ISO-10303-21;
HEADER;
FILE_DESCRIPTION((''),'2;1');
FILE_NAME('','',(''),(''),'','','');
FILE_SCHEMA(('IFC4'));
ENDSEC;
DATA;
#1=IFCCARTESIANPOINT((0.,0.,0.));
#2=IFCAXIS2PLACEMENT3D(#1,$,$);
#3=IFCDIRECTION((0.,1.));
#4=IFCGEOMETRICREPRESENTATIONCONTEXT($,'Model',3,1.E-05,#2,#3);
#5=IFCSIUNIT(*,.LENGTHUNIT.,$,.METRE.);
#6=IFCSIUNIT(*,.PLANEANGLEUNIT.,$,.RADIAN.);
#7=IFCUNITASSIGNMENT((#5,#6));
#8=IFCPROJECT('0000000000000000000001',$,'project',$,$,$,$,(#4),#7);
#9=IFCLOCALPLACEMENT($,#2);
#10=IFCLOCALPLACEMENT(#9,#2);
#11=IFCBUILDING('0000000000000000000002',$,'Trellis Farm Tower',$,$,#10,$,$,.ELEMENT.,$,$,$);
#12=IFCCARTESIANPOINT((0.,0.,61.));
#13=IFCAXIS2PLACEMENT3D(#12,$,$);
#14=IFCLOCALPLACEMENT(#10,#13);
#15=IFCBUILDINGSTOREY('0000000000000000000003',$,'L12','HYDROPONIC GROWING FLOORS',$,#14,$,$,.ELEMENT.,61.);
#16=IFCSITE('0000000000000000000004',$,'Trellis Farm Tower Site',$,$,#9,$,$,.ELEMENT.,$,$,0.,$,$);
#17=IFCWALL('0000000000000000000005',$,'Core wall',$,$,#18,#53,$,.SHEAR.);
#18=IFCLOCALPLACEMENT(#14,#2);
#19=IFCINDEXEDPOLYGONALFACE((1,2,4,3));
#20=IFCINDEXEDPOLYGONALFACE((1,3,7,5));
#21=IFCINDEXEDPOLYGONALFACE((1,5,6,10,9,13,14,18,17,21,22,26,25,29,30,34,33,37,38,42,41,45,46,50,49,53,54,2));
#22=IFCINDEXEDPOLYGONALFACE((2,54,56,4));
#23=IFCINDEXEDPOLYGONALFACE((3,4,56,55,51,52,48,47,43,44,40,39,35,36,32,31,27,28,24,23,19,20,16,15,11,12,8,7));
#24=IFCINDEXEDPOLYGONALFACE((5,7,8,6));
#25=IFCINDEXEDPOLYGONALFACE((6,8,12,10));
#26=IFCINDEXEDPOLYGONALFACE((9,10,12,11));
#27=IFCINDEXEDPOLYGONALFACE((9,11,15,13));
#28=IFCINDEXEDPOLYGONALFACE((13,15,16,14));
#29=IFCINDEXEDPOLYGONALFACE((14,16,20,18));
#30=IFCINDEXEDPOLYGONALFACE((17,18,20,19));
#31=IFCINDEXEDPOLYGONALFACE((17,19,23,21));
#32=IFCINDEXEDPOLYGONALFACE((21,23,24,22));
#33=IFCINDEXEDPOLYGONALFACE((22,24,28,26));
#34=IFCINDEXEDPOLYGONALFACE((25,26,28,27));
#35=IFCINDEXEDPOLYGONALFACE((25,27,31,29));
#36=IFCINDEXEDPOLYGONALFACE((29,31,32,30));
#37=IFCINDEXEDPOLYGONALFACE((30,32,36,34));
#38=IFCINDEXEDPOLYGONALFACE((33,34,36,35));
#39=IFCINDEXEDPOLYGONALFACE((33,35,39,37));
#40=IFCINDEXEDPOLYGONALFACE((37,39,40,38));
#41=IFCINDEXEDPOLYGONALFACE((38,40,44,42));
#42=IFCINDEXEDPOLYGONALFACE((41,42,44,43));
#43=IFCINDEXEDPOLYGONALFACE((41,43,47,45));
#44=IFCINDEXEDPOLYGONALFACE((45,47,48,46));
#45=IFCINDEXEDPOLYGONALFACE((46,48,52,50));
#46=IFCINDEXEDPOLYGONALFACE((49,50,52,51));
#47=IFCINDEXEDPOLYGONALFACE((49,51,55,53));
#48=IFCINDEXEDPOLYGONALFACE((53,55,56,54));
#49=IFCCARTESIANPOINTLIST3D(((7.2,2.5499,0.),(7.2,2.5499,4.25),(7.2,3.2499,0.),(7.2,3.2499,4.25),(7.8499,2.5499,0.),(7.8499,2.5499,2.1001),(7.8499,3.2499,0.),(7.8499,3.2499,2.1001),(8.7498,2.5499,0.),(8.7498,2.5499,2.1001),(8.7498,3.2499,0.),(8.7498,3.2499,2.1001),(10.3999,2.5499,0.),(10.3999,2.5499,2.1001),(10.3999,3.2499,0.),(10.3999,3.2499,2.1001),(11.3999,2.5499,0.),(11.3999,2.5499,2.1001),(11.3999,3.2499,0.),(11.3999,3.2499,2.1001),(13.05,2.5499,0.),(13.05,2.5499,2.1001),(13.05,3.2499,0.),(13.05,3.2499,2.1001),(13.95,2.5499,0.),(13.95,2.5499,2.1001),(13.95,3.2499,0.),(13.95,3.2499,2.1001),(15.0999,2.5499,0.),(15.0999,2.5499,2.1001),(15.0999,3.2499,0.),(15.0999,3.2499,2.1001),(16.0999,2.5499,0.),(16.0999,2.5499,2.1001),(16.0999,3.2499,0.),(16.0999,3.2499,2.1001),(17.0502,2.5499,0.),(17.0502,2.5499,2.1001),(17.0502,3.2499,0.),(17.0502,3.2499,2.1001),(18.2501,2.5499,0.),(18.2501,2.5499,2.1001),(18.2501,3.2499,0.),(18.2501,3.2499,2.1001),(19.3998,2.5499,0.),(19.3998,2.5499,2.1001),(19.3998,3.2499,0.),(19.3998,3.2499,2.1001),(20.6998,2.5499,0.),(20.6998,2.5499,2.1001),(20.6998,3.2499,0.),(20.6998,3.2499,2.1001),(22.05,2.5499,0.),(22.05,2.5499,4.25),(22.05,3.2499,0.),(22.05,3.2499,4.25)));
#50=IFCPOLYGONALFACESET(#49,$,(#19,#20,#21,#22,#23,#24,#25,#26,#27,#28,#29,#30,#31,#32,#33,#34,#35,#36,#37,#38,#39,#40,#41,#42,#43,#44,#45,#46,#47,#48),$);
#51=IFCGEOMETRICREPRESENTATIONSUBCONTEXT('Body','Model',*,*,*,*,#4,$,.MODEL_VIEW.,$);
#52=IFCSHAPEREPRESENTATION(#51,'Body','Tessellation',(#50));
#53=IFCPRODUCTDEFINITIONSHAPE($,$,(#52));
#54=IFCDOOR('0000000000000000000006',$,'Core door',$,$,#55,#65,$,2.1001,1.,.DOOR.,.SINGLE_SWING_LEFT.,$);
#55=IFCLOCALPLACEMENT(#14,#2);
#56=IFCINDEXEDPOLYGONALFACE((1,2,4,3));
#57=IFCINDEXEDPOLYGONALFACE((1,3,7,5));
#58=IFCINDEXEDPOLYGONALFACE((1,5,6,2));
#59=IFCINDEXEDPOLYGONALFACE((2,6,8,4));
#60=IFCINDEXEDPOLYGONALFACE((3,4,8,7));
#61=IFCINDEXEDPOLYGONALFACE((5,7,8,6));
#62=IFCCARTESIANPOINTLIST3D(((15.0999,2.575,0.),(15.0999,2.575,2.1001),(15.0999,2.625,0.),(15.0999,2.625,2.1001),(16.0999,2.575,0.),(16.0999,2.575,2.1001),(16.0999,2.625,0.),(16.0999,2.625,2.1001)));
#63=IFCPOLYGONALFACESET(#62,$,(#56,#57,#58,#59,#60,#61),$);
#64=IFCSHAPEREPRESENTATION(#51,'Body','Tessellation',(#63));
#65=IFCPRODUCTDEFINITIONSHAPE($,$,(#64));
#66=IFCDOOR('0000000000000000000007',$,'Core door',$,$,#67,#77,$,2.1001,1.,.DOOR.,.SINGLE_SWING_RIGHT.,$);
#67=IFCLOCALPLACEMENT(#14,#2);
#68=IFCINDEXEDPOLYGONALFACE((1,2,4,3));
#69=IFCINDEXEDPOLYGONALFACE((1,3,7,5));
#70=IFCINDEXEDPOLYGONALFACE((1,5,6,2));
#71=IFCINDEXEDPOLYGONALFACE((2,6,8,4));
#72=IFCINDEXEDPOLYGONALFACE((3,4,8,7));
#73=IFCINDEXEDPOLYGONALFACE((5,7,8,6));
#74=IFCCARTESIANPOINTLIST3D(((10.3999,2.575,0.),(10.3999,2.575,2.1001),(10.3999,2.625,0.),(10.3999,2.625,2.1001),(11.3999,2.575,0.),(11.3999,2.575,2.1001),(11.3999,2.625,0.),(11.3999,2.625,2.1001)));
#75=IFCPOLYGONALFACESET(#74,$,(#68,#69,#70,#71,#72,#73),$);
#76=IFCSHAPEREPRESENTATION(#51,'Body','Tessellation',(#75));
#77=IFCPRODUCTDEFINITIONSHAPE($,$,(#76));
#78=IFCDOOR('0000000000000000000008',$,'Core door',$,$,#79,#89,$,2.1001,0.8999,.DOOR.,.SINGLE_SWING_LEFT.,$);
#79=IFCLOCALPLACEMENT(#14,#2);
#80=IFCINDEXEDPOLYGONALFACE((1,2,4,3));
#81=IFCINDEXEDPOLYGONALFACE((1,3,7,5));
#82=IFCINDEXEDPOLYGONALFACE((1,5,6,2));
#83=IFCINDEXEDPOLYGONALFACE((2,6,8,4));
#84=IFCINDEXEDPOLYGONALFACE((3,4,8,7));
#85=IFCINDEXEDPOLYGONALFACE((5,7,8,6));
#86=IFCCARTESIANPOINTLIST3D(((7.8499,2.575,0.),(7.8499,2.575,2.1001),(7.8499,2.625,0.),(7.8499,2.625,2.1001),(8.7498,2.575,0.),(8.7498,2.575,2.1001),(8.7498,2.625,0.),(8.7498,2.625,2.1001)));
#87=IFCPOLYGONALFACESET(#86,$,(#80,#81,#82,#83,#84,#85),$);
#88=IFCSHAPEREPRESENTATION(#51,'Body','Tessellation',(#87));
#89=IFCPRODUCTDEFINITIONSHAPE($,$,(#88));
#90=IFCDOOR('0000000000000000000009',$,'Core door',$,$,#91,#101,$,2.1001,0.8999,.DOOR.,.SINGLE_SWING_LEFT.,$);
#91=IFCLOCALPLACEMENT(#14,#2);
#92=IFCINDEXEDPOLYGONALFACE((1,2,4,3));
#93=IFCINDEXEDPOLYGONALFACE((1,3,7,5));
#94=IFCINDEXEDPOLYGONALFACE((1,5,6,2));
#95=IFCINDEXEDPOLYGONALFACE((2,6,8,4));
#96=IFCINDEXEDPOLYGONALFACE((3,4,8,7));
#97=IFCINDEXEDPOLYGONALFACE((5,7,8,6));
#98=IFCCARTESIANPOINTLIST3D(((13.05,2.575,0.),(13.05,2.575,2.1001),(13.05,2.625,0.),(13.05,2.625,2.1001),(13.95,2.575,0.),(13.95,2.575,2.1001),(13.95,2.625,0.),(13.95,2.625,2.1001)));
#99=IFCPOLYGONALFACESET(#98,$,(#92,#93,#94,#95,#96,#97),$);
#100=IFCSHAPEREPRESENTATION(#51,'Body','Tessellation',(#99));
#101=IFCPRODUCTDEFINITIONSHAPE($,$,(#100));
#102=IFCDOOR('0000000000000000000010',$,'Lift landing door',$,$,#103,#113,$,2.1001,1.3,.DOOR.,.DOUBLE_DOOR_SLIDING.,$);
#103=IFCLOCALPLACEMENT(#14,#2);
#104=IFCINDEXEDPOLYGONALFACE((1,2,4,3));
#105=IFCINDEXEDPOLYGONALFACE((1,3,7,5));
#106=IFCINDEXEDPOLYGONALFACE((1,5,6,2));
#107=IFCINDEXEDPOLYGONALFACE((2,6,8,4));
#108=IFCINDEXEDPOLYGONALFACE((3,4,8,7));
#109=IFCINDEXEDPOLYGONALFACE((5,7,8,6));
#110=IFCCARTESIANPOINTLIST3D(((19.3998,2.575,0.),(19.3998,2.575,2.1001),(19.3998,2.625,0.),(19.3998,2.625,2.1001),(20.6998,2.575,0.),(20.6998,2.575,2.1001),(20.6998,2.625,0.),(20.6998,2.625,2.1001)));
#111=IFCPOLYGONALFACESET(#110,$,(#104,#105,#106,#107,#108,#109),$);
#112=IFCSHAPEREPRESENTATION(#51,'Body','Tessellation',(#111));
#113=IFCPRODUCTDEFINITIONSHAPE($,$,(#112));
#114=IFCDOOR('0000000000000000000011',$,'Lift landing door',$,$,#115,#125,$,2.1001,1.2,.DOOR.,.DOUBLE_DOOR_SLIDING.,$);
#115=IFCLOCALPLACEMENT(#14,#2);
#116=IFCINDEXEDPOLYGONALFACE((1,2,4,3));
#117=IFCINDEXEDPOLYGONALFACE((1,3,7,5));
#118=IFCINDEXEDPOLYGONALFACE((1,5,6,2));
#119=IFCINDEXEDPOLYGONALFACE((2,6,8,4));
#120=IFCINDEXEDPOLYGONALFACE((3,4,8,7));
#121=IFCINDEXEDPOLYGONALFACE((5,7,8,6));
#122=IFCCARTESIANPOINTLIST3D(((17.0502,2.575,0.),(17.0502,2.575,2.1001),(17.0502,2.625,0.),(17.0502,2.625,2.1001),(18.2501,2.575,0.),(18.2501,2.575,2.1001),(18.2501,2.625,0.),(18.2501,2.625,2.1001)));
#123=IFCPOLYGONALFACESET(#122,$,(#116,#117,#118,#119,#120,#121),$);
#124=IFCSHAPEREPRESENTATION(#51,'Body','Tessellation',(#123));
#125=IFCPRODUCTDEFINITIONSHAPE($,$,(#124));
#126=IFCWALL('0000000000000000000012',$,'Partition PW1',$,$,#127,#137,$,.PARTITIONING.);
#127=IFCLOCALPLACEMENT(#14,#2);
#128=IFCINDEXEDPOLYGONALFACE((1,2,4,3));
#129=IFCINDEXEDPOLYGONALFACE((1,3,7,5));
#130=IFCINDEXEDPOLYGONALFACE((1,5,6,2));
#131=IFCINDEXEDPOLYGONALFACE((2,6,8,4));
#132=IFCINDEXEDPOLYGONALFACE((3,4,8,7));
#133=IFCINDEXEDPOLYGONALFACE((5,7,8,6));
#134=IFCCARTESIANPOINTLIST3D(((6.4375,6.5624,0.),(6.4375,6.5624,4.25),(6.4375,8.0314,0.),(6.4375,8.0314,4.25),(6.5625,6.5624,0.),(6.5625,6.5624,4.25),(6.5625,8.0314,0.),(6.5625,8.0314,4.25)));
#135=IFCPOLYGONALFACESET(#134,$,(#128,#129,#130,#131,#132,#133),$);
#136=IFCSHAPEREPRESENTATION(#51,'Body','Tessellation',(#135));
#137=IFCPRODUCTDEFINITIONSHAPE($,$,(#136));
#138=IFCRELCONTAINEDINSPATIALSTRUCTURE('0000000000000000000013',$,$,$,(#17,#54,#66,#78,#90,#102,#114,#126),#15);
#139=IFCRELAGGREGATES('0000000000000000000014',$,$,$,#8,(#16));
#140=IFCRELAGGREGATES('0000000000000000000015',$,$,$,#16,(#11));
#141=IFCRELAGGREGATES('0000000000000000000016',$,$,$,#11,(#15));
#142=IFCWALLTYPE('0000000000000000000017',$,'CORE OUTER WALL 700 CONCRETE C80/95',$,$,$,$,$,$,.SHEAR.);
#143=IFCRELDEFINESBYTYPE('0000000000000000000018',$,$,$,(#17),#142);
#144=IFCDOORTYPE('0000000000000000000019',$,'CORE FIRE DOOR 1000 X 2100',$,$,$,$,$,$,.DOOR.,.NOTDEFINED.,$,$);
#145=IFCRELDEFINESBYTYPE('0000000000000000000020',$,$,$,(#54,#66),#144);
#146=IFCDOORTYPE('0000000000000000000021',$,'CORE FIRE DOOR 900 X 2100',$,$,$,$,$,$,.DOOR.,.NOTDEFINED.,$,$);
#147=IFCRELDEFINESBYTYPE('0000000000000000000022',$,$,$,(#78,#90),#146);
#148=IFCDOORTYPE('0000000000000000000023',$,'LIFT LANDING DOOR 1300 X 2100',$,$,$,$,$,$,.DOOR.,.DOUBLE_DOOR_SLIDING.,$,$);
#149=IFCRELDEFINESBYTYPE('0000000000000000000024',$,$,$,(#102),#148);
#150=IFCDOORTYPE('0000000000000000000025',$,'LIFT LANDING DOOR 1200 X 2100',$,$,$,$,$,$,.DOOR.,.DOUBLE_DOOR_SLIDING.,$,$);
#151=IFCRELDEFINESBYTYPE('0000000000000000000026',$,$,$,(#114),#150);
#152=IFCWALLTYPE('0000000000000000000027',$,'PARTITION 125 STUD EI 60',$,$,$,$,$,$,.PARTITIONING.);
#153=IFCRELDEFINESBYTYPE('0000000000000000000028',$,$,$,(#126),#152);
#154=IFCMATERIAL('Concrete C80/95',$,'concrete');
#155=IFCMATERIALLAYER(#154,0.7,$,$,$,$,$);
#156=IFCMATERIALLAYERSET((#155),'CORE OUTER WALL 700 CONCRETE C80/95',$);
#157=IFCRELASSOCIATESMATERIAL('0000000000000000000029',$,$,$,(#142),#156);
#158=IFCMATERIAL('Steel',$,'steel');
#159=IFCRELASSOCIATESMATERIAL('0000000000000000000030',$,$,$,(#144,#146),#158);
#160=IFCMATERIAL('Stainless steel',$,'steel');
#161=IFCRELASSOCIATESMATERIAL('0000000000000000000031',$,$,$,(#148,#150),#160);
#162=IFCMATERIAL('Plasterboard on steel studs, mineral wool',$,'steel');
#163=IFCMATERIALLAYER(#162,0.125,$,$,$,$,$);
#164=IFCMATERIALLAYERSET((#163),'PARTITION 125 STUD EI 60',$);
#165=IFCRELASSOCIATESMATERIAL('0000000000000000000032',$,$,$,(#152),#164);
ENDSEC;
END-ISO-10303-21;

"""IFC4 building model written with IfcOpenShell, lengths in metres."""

from ifc_helpers import new_model, si_unit, direction, frame, frame_2d, origin, place, context, subcontext, project, spatial, rectangle, extrude, source, transform, mapped, material, layer, layer_set, type_object, element, fill, save


model = new_model("IFC4")

# Units and contexts
model_context = context("Model", 3, precision=1e-05, world=origin(), true_north=direction((0.0, 1.0)))
body_context = subcontext(model_context, "Body", "Model", "MODEL_VIEW")
ifc_project = project(units=[si_unit("LENGTHUNIT", "METRE"), si_unit("PLANEANGLEUNIT", "RADIAN")], contexts=[model_context])

# Site, building, storey
site_placement = place(None, origin())
site = spatial("IfcSite", under=ifc_project, at=site_placement, Name="Trellis Farm Tower Site", CompositionType="ELEMENT", RefElevation=0.0)
building_placement = place(site_placement, origin())
building = spatial("IfcBuilding", under=site, at=building_placement, Name="Trellis Farm Tower", CompositionType="ELEMENT")
storey_placement = place(building_placement, frame((0.0, 0.0, 61.0)))
storey = spatial("IfcBuildingStorey", under=building, at=storey_placement, Name="L12", Description="HYDROPONIC GROWING FLOORS", CompositionType="ELEMENT", Elevation=61.0)

# Shared definitions
ifc_material_1 = material(Name="Concrete C80/95", Category="concrete")

# Wall, openings, doors
ifc_layer_1 = layer(ifc_material_1, 0.7)
ifc_layer_set_1 = layer_set([ifc_layer_1], Name="CORE OUTER WALL 700 CONCRETE C80/95")
wall_type_1 = type_object("IfcWallType", Name="CORE OUTER WALL 700 CONCRETE C80/95", PredefinedType="SHEAR", material=ifc_layer_set_1)
shared_shape_1 = source(origin(), body_context, "Body", "SweptSolid", [
    extrude(rectangle(XDim=14.8501, YDim=0.7, at=frame_2d((7.425, 0.0))), origin(), (0.0, 0.0, 1.0), 4.25),
])
wall_1_placement = place(storey_placement, frame((7.2, 2.8999, 0.0), z_axis=(0.0, 0.0, 1.0), x_axis=(1.0, 0.0, 0.0)))
wall_1 = element("IfcWall", 1, at=wall_1_placement, inside=storey, type_object=wall_type_1, Name="Core wall", PredefinedType="SHEAR", context=body_context, shape_type="MappedRepresentation", body=[
    mapped(shared_shape_1, transform((0.0, 0.0, 0.0))),
])
shared_shape_2 = source(origin(), body_context, "Body", "SweptSolid", [
    extrude(rectangle(XDim=1.3, YDim=2.1001, at=frame_2d((0.6499, 1.05))), frame((0.0, 0.3601, 0.0), z_axis=(0.0, -1.0, 0.0), x_axis=(1.0, 0.0, 0.0)), (0.0, 0.0, 1.0), 0.7202),
])
opening_1_placement = place(wall_1_placement, frame((12.2, 0.0, 0.0)))
opening_1 = element("IfcOpeningElement", 2, at=opening_1_placement, cuts=wall_1, PredefinedType="OPENING", context=body_context, shape_type="MappedRepresentation", body=[
    mapped(shared_shape_2, transform((0.0, 0.0, 0.0))),
])
shared_shape_3 = source(origin(), body_context, "Body", "SweptSolid", [
    extrude(rectangle(XDim=1.2, YDim=2.1001, at=frame_2d((0.6001, 1.05))), frame((0.0, 0.3601, 0.0), z_axis=(0.0, -1.0, 0.0), x_axis=(1.0, 0.0, 0.0)), (0.0, 0.0, 1.0), 0.7202),
])
opening_2_placement = place(wall_1_placement, frame((9.8501, 0.0, 0.0)))
opening_2 = element("IfcOpeningElement", 3, at=opening_2_placement, cuts=wall_1, PredefinedType="OPENING", context=body_context, shape_type="MappedRepresentation", body=[
    mapped(shared_shape_3, transform((0.0, 0.0, 0.0))),
])
shared_shape_4 = source(origin(), body_context, "Body", "SweptSolid", [
    extrude(rectangle(XDim=1.0, YDim=2.1001, at=frame_2d((0.5, 1.05))), frame((0.0, 0.3601, 0.0), z_axis=(0.0, -1.0, 0.0), x_axis=(1.0, 0.0, 0.0)), (0.0, 0.0, 1.0), 0.7202),
])
opening_3_placement = place(wall_1_placement, frame((7.8999, 0.0, 0.0)))
opening_3 = element("IfcOpeningElement", 4, at=opening_3_placement, cuts=wall_1, PredefinedType="OPENING", context=body_context, shape_type="MappedRepresentation", body=[
    mapped(shared_shape_4, transform((0.0, 0.0, 0.0))),
])
shared_shape_5 = source(origin(), body_context, "Body", "SweptSolid", [
    extrude(rectangle(XDim=0.8999, YDim=2.1001, at=frame_2d((0.45, 1.05))), frame((0.0, 0.3601, 0.0), z_axis=(0.0, -1.0, 0.0), x_axis=(1.0, 0.0, 0.0)), (0.0, 0.0, 1.0), 0.7202),
])
opening_4_placement = place(wall_1_placement, frame((0.6499, 0.0, 0.0)))
opening_4 = element("IfcOpeningElement", 5, at=opening_4_placement, cuts=wall_1, PredefinedType="OPENING", context=body_context, shape_type="MappedRepresentation", body=[
    mapped(shared_shape_5, transform((0.0, 0.0, 0.0))),
])
opening_5_placement = place(wall_1_placement, frame((3.2, 0.0, 0.0)))
opening_5 = element("IfcOpeningElement", 6, at=opening_5_placement, cuts=wall_1, PredefinedType="OPENING", context=body_context, shape_type="MappedRepresentation", body=[
    mapped(shared_shape_4, transform((0.0, 0.0, 0.0))),
])
opening_6_placement = place(wall_1_placement, frame((5.8501, 0.0, 0.0)))
opening_6 = element("IfcOpeningElement", 7, at=opening_6_placement, cuts=wall_1, PredefinedType="OPENING", context=body_context, shape_type="MappedRepresentation", body=[
    mapped(shared_shape_5, transform((0.0, 0.0, 0.0))),
])
ifc_material_2 = material(Name="Steel", Category="steel")
door_type_1 = type_object("IfcDoorType", Name="CORE FIRE DOOR 1000 X 2100", OperationType="NOTDEFINED", PredefinedType="DOOR", material=ifc_material_2)
shared_shape_6 = source(origin(), body_context, "Body", "SweptSolid", [
    extrude(rectangle(XDim=1.0, YDim=2.1001, at=frame_2d((0.5, 1.05))), frame((0.0, -0.2749, 0.0), z_axis=(0.0, -1.0, 0.0), x_axis=(1.0, 0.0, 0.0)), (0.0, 0.0, 1.0), 0.05),
])
door_1_placement = place(opening_3_placement, origin())
door_1 = element("IfcDoor", 8, at=door_1_placement, inside=storey, type_object=door_type_1, Name="Core door", OperationType="SINGLE_SWING_LEFT", OverallHeight=2.1001, OverallWidth=1.0, PredefinedType="DOOR", context=body_context, shape_type="MappedRepresentation", body=[
    mapped(shared_shape_6, transform((0.0, 0.0, 0.0))),
])
fill(opening_3, door_1)
door_2_placement = place(opening_5_placement, origin())
door_2 = element("IfcDoor", 9, at=door_2_placement, inside=storey, type_object=door_type_1, Name="Core door", OperationType="SINGLE_SWING_RIGHT", OverallHeight=2.1001, OverallWidth=1.0, PredefinedType="DOOR", context=body_context, shape_type="MappedRepresentation", body=[
    mapped(shared_shape_6, transform((0.0, 0.0, 0.0))),
])
fill(opening_5, door_2)
door_type_2 = type_object("IfcDoorType", Name="CORE FIRE DOOR 900 X 2100", OperationType="NOTDEFINED", PredefinedType="DOOR", material=ifc_material_2)
shared_shape_7 = source(origin(), body_context, "Body", "SweptSolid", [
    extrude(rectangle(XDim=0.8999, YDim=2.1001, at=frame_2d((0.45, 1.05))), frame((0.0, -0.2749, 0.0), z_axis=(0.0, -1.0, 0.0), x_axis=(1.0, 0.0, 0.0)), (0.0, 0.0, 1.0), 0.05),
])
door_3_placement = place(opening_4_placement, origin())
door_3 = element("IfcDoor", 10, at=door_3_placement, inside=storey, type_object=door_type_2, Name="Core door", OperationType="SINGLE_SWING_LEFT", OverallHeight=2.1001, OverallWidth=0.8999, PredefinedType="DOOR", context=body_context, shape_type="MappedRepresentation", body=[
    mapped(shared_shape_7, transform((0.0, 0.0, 0.0))),
])
fill(opening_4, door_3)
door_4_placement = place(opening_6_placement, origin())
door_4 = element("IfcDoor", 11, at=door_4_placement, inside=storey, type_object=door_type_2, Name="Core door", OperationType="SINGLE_SWING_LEFT", OverallHeight=2.1001, OverallWidth=0.8999, PredefinedType="DOOR", context=body_context, shape_type="MappedRepresentation", body=[
    mapped(shared_shape_7, transform((0.0, 0.0, 0.0))),
])
fill(opening_6, door_4)
ifc_material_3 = material(Name="Stainless steel", Category="steel")
door_type_3 = type_object("IfcDoorType", Name="LIFT LANDING DOOR 1300 X 2100", OperationType="DOUBLE_DOOR_SLIDING", PredefinedType="DOOR", material=ifc_material_3)
shared_shape_8 = source(origin(), body_context, "Body", "SweptSolid", [
    extrude(rectangle(XDim=1.3, YDim=2.1001, at=frame_2d((0.6499, 1.05))), frame((0.0, -0.2749, 0.0), z_axis=(0.0, -1.0, 0.0), x_axis=(1.0, 0.0, 0.0)), (0.0, 0.0, 1.0), 0.05),
])
door_5_placement = place(opening_1_placement, origin())
door_5 = element("IfcDoor", 12, at=door_5_placement, inside=storey, type_object=door_type_3, Name="Lift landing door", OperationType="DOUBLE_DOOR_SLIDING", OverallHeight=2.1001, OverallWidth=1.3, PredefinedType="DOOR", context=body_context, shape_type="MappedRepresentation", body=[
    mapped(shared_shape_8, transform((0.0, 0.0, 0.0))),
])
fill(opening_1, door_5)
door_type_4 = type_object("IfcDoorType", Name="LIFT LANDING DOOR 1200 X 2100", OperationType="DOUBLE_DOOR_SLIDING", PredefinedType="DOOR", material=ifc_material_3)
shared_shape_9 = source(origin(), body_context, "Body", "SweptSolid", [
    extrude(rectangle(XDim=1.2, YDim=2.1001, at=frame_2d((0.6001, 1.05))), frame((0.0, -0.2749, 0.0), z_axis=(0.0, -1.0, 0.0), x_axis=(1.0, 0.0, 0.0)), (0.0, 0.0, 1.0), 0.05),
])
door_6_placement = place(opening_2_placement, origin())
door_6 = element("IfcDoor", 13, at=door_6_placement, inside=storey, type_object=door_type_4, Name="Lift landing door", OperationType="DOUBLE_DOOR_SLIDING", OverallHeight=2.1001, OverallWidth=1.2, PredefinedType="DOOR", context=body_context, shape_type="MappedRepresentation", body=[
    mapped(shared_shape_9, transform((0.0, 0.0, 0.0))),
])
fill(opening_2, door_6)

# Wall
ifc_material_4 = material(Name="Plasterboard on steel studs, mineral wool", Category="steel")
ifc_layer_2 = layer(ifc_material_4, 0.125)
ifc_layer_set_2 = layer_set([ifc_layer_2], Name="PARTITION 125 STUD EI 60")
wall_type_2 = type_object("IfcWallType", Name="PARTITION 125 STUD EI 60", PredefinedType="PARTITIONING", material=ifc_layer_set_2)
shared_shape_10 = source(origin(), body_context, "Body", "SweptSolid", [
    extrude(rectangle(XDim=1.469, YDim=0.125, at=frame_2d((0.7344, 0.0))), origin(), (0.0, 0.0, 1.0), 4.25),
])
wall_2_placement = place(storey_placement, frame((6.5, 6.5625, 0.0), z_axis=(0.0, 0.0, 1.0), x_axis=(0.0, 1.0, 0.0)))
element("IfcWall", 14, at=wall_2_placement, inside=storey, type_object=wall_type_2, Name="Partition PW1", PredefinedType="PARTITIONING", context=body_context, shape_type="MappedRepresentation", body=[
    mapped(shared_shape_10, transform((0.0, 0.0, 0.0))),
])

save(model, "model.ifc")
